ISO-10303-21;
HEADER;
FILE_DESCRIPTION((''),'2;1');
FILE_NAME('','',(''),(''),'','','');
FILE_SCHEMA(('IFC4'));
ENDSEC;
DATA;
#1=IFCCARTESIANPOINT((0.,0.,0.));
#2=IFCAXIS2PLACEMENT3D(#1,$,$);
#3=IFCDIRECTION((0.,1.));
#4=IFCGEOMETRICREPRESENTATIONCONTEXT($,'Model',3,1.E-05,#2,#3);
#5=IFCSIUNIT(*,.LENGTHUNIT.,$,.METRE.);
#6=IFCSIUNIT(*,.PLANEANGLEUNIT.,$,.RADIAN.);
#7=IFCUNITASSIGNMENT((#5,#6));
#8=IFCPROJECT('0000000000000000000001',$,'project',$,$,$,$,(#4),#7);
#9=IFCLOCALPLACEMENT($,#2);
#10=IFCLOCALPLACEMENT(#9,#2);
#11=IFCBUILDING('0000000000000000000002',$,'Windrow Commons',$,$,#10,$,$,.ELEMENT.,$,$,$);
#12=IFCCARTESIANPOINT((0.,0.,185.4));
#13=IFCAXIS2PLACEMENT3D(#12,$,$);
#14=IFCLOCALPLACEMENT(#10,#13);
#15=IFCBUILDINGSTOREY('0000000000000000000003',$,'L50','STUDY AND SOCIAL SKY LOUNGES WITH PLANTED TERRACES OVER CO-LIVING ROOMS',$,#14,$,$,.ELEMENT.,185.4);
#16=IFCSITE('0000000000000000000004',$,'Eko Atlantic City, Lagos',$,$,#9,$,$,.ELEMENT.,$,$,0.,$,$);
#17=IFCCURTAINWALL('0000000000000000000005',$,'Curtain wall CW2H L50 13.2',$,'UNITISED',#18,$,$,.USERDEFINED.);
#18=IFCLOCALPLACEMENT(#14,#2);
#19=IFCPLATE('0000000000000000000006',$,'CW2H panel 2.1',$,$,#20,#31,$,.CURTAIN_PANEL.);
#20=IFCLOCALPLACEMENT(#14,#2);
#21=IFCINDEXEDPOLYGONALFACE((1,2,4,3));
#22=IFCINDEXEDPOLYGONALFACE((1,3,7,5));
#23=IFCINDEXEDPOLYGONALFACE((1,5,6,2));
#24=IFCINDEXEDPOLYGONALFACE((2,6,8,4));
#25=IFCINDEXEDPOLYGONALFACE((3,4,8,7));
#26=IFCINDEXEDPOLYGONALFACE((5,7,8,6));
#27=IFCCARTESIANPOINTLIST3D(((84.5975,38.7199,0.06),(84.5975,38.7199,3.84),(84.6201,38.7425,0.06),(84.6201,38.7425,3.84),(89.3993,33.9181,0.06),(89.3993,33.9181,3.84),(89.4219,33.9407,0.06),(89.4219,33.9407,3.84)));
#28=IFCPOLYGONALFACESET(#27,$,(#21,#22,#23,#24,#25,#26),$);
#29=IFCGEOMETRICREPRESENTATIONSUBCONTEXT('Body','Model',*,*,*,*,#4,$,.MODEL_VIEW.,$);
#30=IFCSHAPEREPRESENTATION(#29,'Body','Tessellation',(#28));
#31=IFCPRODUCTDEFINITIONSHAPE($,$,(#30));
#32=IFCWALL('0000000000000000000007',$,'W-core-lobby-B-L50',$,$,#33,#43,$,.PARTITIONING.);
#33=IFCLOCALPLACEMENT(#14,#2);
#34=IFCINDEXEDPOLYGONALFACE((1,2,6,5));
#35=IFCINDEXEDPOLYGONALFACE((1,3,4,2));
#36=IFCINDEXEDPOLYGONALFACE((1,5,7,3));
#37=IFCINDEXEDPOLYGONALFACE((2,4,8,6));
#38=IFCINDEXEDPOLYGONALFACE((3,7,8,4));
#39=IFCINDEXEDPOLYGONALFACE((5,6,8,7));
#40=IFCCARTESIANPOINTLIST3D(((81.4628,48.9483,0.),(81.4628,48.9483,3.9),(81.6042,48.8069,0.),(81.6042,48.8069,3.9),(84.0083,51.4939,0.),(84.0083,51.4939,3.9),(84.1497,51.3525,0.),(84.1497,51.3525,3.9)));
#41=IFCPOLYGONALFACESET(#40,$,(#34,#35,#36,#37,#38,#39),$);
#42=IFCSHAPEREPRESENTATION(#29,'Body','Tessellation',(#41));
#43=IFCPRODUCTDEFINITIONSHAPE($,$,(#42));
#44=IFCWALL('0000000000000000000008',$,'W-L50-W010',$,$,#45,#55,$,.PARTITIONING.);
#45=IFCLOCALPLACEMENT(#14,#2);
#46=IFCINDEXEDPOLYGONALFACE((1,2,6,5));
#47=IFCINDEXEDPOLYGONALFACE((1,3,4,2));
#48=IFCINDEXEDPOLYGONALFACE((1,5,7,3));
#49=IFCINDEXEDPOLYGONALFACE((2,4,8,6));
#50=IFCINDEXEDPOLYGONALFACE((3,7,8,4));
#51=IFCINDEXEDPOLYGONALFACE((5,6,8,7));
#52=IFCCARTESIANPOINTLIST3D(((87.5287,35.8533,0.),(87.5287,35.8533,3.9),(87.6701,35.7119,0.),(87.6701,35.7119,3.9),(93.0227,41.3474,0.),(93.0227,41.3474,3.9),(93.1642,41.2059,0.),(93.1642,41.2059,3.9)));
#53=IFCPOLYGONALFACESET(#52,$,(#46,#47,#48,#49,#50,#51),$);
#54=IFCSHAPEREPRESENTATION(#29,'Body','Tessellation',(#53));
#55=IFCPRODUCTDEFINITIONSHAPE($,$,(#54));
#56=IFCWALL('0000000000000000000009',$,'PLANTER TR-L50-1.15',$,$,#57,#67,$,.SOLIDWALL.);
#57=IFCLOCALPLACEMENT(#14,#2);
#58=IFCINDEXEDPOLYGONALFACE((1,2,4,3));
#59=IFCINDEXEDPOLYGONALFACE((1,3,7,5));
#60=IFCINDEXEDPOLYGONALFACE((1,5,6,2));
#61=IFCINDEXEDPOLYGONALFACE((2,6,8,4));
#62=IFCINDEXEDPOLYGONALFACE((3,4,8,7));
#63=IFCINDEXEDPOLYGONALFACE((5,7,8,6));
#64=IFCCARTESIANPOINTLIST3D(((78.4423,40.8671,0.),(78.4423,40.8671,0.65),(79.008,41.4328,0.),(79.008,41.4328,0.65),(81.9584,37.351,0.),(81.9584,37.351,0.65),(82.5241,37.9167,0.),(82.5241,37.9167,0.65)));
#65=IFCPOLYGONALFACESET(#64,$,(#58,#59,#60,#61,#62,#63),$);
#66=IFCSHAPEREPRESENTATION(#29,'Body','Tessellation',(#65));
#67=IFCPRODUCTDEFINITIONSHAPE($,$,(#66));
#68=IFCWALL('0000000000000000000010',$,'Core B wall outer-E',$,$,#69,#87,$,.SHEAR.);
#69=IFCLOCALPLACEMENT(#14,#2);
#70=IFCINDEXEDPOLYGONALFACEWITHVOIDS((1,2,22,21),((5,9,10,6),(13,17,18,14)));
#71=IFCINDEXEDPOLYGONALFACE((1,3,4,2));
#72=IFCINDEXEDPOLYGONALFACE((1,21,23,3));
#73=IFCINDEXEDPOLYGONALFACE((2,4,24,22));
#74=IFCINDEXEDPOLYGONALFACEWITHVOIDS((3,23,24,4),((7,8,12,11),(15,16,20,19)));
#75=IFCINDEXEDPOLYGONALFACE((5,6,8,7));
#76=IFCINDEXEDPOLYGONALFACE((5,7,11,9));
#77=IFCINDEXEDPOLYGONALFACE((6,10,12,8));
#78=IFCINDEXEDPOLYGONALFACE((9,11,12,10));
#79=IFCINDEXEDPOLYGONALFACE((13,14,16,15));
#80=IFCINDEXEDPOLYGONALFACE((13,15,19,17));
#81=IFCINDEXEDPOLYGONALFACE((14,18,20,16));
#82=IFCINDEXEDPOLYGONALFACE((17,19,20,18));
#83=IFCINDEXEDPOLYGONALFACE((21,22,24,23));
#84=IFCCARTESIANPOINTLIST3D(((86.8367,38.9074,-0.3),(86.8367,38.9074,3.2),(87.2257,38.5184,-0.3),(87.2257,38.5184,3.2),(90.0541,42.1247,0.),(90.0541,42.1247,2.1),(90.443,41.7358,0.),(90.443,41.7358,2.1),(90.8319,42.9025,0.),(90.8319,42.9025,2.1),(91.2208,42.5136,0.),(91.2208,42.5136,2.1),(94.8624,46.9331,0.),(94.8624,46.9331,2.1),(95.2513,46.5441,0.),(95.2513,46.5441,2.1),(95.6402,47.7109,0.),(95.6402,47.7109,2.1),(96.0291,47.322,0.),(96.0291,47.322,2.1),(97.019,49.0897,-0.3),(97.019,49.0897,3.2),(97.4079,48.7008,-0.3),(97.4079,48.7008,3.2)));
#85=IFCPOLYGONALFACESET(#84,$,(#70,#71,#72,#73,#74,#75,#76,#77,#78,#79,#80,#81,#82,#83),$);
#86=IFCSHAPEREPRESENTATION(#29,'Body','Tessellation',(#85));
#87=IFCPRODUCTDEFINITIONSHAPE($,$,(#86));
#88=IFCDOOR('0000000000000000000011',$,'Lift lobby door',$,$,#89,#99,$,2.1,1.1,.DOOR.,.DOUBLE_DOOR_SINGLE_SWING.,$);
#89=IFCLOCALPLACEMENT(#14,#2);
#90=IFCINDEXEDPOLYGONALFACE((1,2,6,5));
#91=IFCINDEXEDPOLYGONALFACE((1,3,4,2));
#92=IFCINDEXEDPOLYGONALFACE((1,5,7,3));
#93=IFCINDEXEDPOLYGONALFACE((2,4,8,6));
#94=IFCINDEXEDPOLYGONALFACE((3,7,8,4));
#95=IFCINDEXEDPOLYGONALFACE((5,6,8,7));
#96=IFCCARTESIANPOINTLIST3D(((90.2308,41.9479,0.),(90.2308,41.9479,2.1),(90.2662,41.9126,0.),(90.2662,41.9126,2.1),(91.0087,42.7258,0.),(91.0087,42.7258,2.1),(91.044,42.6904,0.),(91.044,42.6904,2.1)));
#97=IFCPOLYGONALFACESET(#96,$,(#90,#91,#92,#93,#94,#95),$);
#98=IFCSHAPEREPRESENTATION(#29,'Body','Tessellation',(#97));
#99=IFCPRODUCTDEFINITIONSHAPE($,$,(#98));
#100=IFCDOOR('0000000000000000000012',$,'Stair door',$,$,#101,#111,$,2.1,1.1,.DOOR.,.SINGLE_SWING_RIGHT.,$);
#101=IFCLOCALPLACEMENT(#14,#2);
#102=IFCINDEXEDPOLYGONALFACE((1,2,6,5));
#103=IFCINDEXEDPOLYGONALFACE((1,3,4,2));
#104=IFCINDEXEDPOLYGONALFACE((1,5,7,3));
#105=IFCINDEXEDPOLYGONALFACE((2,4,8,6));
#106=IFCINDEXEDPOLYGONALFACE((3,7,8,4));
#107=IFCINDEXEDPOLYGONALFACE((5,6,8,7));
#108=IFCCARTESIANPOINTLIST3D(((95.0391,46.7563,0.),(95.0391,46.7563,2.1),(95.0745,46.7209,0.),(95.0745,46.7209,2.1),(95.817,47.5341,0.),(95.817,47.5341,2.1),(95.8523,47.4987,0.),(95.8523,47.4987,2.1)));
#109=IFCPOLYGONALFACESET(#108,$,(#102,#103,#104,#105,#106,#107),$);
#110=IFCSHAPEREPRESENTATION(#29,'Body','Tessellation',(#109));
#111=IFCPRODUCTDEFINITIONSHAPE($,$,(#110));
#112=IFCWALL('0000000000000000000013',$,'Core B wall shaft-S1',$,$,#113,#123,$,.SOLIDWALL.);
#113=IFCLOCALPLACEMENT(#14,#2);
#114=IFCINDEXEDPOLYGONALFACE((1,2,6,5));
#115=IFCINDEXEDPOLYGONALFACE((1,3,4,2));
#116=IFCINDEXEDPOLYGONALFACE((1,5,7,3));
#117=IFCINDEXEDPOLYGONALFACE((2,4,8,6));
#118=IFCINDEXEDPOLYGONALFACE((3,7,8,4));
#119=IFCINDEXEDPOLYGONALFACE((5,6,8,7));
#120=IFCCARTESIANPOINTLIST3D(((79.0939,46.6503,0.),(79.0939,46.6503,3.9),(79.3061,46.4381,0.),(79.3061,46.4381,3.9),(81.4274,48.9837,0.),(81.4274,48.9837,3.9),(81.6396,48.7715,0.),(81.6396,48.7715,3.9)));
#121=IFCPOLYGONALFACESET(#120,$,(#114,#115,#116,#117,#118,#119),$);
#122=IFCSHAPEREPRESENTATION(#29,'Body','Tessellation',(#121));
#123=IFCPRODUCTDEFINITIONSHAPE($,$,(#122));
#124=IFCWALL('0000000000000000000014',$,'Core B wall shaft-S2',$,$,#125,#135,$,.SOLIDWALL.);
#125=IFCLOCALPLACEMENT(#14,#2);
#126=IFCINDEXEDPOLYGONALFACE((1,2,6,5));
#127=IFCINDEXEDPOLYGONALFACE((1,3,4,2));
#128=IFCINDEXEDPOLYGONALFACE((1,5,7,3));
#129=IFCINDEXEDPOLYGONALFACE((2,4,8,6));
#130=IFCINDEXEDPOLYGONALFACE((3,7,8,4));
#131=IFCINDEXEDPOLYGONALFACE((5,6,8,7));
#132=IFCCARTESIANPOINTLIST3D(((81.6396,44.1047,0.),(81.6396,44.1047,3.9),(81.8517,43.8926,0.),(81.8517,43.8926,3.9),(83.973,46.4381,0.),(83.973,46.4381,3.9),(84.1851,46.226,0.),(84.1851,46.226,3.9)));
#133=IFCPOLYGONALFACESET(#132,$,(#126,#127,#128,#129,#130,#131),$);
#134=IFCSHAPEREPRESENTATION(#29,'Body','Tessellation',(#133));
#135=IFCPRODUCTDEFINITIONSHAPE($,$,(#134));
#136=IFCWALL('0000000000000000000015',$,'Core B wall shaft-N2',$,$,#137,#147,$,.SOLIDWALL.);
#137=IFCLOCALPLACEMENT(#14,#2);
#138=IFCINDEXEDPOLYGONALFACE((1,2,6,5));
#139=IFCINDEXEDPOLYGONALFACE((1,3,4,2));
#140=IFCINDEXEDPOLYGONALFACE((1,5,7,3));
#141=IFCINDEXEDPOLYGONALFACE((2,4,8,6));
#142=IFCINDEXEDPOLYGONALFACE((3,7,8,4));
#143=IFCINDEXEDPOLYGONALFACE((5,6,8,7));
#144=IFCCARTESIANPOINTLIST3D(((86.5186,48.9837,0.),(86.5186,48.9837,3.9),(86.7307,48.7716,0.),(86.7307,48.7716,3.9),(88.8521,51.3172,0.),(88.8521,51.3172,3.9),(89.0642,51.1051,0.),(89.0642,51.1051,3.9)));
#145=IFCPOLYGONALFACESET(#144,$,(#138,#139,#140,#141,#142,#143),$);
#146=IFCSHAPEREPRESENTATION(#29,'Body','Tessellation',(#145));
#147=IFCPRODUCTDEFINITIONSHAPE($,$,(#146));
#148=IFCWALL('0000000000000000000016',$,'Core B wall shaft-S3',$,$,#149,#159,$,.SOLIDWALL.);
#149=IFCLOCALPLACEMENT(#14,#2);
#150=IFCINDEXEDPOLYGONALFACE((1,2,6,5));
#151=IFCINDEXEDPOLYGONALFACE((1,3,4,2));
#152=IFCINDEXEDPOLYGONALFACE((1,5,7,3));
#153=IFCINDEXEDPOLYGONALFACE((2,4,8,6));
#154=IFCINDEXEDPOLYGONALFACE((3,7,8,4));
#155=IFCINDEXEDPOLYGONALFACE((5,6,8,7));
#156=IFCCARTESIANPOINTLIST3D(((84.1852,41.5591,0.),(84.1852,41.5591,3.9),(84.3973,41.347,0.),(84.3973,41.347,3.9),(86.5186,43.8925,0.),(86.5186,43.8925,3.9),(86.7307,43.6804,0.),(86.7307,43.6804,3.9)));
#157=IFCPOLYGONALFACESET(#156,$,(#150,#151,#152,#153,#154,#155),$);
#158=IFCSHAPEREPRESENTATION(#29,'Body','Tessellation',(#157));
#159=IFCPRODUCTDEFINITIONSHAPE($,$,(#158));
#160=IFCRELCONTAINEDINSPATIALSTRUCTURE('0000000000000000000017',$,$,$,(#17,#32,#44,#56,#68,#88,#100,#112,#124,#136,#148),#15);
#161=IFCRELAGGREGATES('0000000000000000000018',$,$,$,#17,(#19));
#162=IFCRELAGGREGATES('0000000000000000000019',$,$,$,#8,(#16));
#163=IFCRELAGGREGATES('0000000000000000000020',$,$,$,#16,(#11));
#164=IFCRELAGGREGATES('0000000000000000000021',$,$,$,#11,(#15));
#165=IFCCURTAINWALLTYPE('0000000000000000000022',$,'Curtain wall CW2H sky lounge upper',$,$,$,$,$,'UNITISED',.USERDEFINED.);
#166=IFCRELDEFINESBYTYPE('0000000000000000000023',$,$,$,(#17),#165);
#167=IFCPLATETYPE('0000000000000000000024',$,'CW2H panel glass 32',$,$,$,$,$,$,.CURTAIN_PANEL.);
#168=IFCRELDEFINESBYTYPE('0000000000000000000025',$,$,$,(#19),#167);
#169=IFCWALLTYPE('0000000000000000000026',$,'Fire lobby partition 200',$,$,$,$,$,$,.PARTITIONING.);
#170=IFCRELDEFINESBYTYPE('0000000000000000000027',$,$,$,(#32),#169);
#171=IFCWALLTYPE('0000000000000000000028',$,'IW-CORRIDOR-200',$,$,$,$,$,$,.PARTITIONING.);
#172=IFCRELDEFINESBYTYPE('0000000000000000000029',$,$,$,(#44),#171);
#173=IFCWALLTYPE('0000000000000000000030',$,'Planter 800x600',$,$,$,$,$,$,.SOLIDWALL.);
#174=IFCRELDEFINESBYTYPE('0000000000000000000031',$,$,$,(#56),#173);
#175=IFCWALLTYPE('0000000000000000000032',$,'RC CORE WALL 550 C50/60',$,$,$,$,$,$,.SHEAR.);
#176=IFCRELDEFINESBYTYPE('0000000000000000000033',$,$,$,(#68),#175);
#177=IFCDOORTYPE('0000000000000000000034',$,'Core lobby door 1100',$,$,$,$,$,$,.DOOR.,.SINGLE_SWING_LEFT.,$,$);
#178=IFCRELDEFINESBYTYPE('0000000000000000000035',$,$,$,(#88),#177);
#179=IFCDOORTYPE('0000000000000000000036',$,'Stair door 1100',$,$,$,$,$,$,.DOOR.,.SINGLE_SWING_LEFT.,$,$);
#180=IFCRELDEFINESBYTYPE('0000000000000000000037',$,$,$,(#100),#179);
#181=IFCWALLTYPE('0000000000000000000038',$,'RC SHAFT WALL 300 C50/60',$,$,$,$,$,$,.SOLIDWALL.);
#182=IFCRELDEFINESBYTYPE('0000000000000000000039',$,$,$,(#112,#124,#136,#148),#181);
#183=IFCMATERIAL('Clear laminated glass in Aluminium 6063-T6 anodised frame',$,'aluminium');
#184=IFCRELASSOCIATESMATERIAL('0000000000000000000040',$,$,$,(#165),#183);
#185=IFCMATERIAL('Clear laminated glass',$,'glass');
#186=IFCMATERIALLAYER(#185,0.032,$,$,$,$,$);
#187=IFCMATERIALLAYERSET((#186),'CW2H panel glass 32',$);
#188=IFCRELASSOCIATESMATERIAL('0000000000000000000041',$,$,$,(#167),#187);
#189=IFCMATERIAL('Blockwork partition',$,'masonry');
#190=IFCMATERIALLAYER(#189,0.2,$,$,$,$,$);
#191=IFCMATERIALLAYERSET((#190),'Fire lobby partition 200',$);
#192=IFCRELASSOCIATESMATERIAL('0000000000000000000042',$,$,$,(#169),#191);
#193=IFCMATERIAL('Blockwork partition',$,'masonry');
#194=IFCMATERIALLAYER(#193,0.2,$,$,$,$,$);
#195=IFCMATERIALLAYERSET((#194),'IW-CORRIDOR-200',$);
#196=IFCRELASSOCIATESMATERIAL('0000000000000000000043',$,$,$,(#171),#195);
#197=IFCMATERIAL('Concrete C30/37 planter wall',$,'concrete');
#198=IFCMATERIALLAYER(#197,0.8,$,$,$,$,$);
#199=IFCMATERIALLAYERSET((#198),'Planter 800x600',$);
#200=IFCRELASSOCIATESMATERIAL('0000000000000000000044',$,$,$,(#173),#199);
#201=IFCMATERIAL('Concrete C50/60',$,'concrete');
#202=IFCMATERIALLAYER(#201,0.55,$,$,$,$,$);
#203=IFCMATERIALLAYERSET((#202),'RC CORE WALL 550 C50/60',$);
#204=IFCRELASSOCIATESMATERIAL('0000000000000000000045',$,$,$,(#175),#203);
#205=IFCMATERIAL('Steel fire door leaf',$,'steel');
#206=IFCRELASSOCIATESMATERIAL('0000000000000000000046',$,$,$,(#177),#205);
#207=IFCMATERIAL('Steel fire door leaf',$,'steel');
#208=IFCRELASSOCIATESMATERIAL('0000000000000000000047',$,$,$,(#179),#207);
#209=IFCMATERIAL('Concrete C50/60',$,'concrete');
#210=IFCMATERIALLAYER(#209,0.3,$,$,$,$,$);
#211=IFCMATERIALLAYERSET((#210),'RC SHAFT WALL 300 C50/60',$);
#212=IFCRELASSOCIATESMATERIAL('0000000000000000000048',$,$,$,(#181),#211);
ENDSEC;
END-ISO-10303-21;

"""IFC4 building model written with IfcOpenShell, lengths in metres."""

from ifc_helpers import new_model, si_unit, direction, frame, frame_2d, origin, origin_2d, place, context, subcontext, project, spatial, rectangle, extrude, material, layer, layer_set, type_object, element, fill, aggregate, save


model = new_model("IFC4")

# Units and contexts
model_context = context("Model", 3, precision=1e-05, world=origin(), true_north=direction((0.0, 1.0)))
body_context = subcontext(model_context, "Body", "Model", "MODEL_VIEW")
ifc_project = project(units=[si_unit("LENGTHUNIT", "METRE"), si_unit("PLANEANGLEUNIT", "RADIAN")], contexts=[model_context])

# Site, building, storey
site_placement = place(None, origin())
site = spatial("IfcSite", under=ifc_project, at=site_placement, Name="Eko Atlantic City, Lagos", CompositionType="ELEMENT", RefElevation=0.0)
building_placement = place(site_placement, origin())
building = spatial("IfcBuilding", under=site, at=building_placement, Name="Windrow Commons", CompositionType="ELEMENT")
storey_placement = place(building_placement, frame((0.0, 0.0, 185.4)))
storey = spatial("IfcBuildingStorey", under=building, at=storey_placement, Name="L50", Description="STUDY AND SOCIAL SKY LOUNGES WITH PLANTED TERRACES OVER CO-LIVING ROOMS", CompositionType="ELEMENT", Elevation=185.4)

# Shared definitions
ifc_material_1 = material(Name="Clear laminated glass in Aluminium 6063-T6 anodised frame", Category="aluminium")
curtain_wall_type = type_object("IfcCurtainWallType", Name="Curtain wall CW2H sky lounge upper", ElementType="UNITISED", PredefinedType="USERDEFINED", material=ifc_material_1)
placement = place(storey_placement, origin())

# Curtain wall
curtain_wall_1 = element("IfcCurtainWall", 1, at=placement, inside=storey, type_object=curtain_wall_type, Name="Curtain wall CW2H L50 13.2", ObjectType="UNITISED", PredefinedType="USERDEFINED")

# Plate
ifc_material_2 = material(Name="Clear laminated glass", Category="glass")
ifc_layer_1 = layer(ifc_material_2, 0.032)
ifc_layer_set_1 = layer_set([ifc_layer_1], Name="CW2H panel glass 32")
plate_type = type_object("IfcPlateType", Name="CW2H panel glass 32", PredefinedType="CURTAIN_PANEL", material=ifc_layer_set_1)
plate_1_placement = place(storey_placement, frame((87.0097, 36.3303, 0.06), z_axis=(0.0, 0.0, 1.0), x_axis=(0.707104, -0.70711, 0.0)))
plate_1 = element("IfcPlate", 2, at=plate_1_placement, type_object=plate_type, Name="CW2H panel 2.1", PredefinedType="CURTAIN_PANEL", context=body_context, shape_type="SweptSolid", body=[
    extrude(rectangle(XDim=6.7908, YDim=0.032, at=origin_2d()), origin(), (0.0, 0.0, 1.0), 3.78),
])
aggregate(curtain_wall_1, [plate_1])

# Walls
ifc_material_3 = material(Name="Blockwork partition", Category="masonry")
ifc_layer_2 = layer(ifc_material_3, 0.2)
ifc_layer_set_2 = layer_set([ifc_layer_2], Name="Fire lobby partition 200")
wall_type_1 = type_object("IfcWallType", Name="Fire lobby partition 200", PredefinedType="PARTITIONING", material=ifc_layer_set_2)
wall_1_placement = place(storey_placement, frame((81.5335, 48.8776, 0.0), z_axis=(0.0, 0.0, 1.0), x_axis=(0.707093, 0.707121, 0.0)))
element("IfcWall", 3, at=wall_1_placement, inside=storey, type_object=wall_type_1, Name="W-core-lobby-B-L50", PredefinedType="PARTITIONING", context=body_context, shape_type="SweptSolid", body=[
    extrude(rectangle(XDim=3.6, YDim=0.2, at=frame_2d((1.8, 0.0))), origin(), (0.0, 0.0, 1.0), 3.9),
])
ifc_material_4 = material(Name="Blockwork partition", Category="masonry")
ifc_layer_3 = layer(ifc_material_4, 0.2)
ifc_layer_set_3 = layer_set([ifc_layer_3], Name="IW-CORRIDOR-200")
wall_type_2 = type_object("IfcWallType", Name="IW-CORRIDOR-200", PredefinedType="PARTITIONING", material=ifc_layer_set_3)
wall_2_placement = place(storey_placement, frame((87.5994, 35.7826, 0.0), z_axis=(0.0, 0.0, 1.0), x_axis=(0.707107, 0.707107, 0.0)))
element("IfcWall", 4, at=wall_2_placement, inside=storey, type_object=wall_type_2, Name="W-L50-W010", PredefinedType="PARTITIONING", context=body_context, shape_type="SweptSolid", body=[
    extrude(rectangle(XDim=7.7697, YDim=0.2, at=frame_2d((3.8849, 0.0))), origin(), (0.0, 0.0, 1.0), 3.9),
])
ifc_material_5 = material(Name="Concrete C30/37 planter wall", Category="concrete")
ifc_layer_4 = layer(ifc_material_5, 0.8)
ifc_layer_set_4 = layer_set([ifc_layer_4], Name="Planter 800x600")
wall_type_3 = type_object("IfcWallType", Name="Planter 800x600", PredefinedType="SOLIDWALL", material=ifc_layer_set_4)
wall_3_placement = place(storey_placement, frame((78.7251, 41.15, 0.0), z_axis=(0.0, 0.0, 1.0), x_axis=(0.707107, -0.707107, 0.0)))
element("IfcWall", 5, at=wall_3_placement, inside=storey, type_object=wall_type_3, Name="PLANTER TR-L50-1.15", PredefinedType="SOLIDWALL", context=body_context, shape_type="SweptSolid", body=[
    extrude(rectangle(XDim=4.9725, YDim=0.8, at=frame_2d((2.4863, 0.0))), origin(), (0.0, 0.0, 1.0), 0.65),
])

# Wall, openings, doors
ifc_material_6 = material(Name="Concrete C50/60", Category="concrete")
ifc_layer_5 = layer(ifc_material_6, 0.55)
ifc_layer_set_5 = layer_set([ifc_layer_5], Name="RC CORE WALL 550 C50/60")
wall_type_4 = type_object("IfcWallType", Name="RC CORE WALL 550 C50/60", PredefinedType="SHEAR", material=ifc_layer_set_5)
wall_4_placement = place(storey_placement, frame((87.0312, 38.7129, -0.3), z_axis=(0.0, 0.0, 1.0), x_axis=(0.707103, 0.70711, 0.0)))
wall_4 = element("IfcWall", 6, at=wall_4_placement, inside=storey, type_object=wall_type_4, Name="Core B wall outer-E", PredefinedType="SHEAR", context=body_context, shape_type="SweptSolid", body=[
    extrude(rectangle(XDim=14.4, YDim=0.55, at=frame_2d((7.2, 0.0))), origin(), (0.0, 0.0, 1.0), 3.5),
])
opening_1_placement = place(wall_4_placement, frame((4.55, 0.0, 0.3)))
opening_1 = element("IfcOpeningElement", 7, at=opening_1_placement, cuts=wall_4, PredefinedType="OPENING", context=body_context, shape_type="SweptSolid", body=[
    extrude(rectangle(XDim=1.1, YDim=2.1, at=frame_2d((0.55, 1.05))), frame((0.0, 0.285, 0.0), z_axis=(0.0, -1.0, 0.0), x_axis=(1.0, 0.0, 0.0)), (0.0, 0.0, 1.0), 0.57),
])
opening_2_placement = place(wall_4_placement, frame((11.35, 0.0, 0.3)))
opening_2 = element("IfcOpeningElement", 8, at=opening_2_placement, cuts=wall_4, PredefinedType="OPENING", context=body_context, shape_type="SweptSolid", body=[
    extrude(rectangle(XDim=1.1, YDim=2.1, at=frame_2d((0.55, 1.05))), frame((0.0, 0.285, 0.0), z_axis=(0.0, -1.0, 0.0), x_axis=(1.0, 0.0, 0.0)), (0.0, 0.0, 1.0), 0.57),
])
ifc_material_7 = material(Name="Steel fire door leaf", Category="steel")
door_type_1 = type_object("IfcDoorType", Name="Core lobby door 1100", OperationType="SINGLE_SWING_LEFT", PredefinedType="DOOR", material=ifc_material_7)
door_1_placement = place(opening_1_placement, origin())
door_1 = element("IfcDoor", 9, at=door_1_placement, inside=storey, type_object=door_type_1, Name="Lift lobby door", OperationType="DOUBLE_DOOR_SINGLE_SWING", OverallHeight=2.1, OverallWidth=1.1, PredefinedType="DOOR", context=body_context, shape_type="SweptSolid", body=[
    extrude(rectangle(XDim=1.1, YDim=2.1, at=frame_2d((0.55, 1.05))), frame((0.0, 0.025, 0.0), z_axis=(0.0, -1.0, 0.0), x_axis=(1.0, 0.0, 0.0)), (0.0, 0.0, 1.0), 0.05),
])
fill(opening_1, door_1)
ifc_material_8 = material(Name="Steel fire door leaf", Category="steel")
door_type_2 = type_object("IfcDoorType", Name="Stair door 1100", OperationType="SINGLE_SWING_LEFT", PredefinedType="DOOR", material=ifc_material_8)
door_2_placement = place(opening_2_placement, origin())
door_2 = element("IfcDoor", 10, at=door_2_placement, inside=storey, type_object=door_type_2, Name="Stair door", OperationType="SINGLE_SWING_RIGHT", OverallHeight=2.1, OverallWidth=1.1, PredefinedType="DOOR", context=body_context, shape_type="SweptSolid", body=[
    extrude(rectangle(XDim=1.1, YDim=2.1, at=frame_2d((0.55, 1.05))), frame((0.0, 0.025, 0.0), z_axis=(0.0, -1.0, 0.0), x_axis=(1.0, 0.0, 0.0)), (0.0, 0.0, 1.0), 0.05),
])
fill(opening_2, door_2)

# Walls
ifc_material_9 = material(Name="Concrete C50/60", Category="concrete")
ifc_layer_6 = layer(ifc_material_9, 0.3)
ifc_layer_set_6 = layer_set([ifc_layer_6], Name="RC SHAFT WALL 300 C50/60")
wall_type_5 = type_object("IfcWallType", Name="RC SHAFT WALL 300 C50/60", PredefinedType="SOLIDWALL", material=ifc_layer_set_6)
wall_5_placement = place(storey_placement, frame((79.2, 46.5442, 0.0), z_axis=(0.0, 0.0, 1.0), x_axis=(0.707122, 0.707092, 0.0)))
element("IfcWall", 11, at=wall_5_placement, inside=storey, type_object=wall_type_5, Name="Core B wall shaft-S1", PredefinedType="SOLIDWALL", context=body_context, shape_type="SweptSolid", body=[
    extrude(rectangle(XDim=3.3, YDim=0.3, at=frame_2d((1.65, 0.0))), origin(), (0.0, 0.0, 1.0), 3.9),
])
wall_6_placement = place(storey_placement, frame((81.7456, 43.9986, 0.0), z_axis=(0.0, 0.0, 1.0), x_axis=(0.707107, 0.707107, 0.0)))
element("IfcWall", 12, at=wall_6_placement, inside=storey, type_object=wall_type_5, Name="Core B wall shaft-S2", PredefinedType="SOLIDWALL", context=body_context, shape_type="SweptSolid", body=[
    extrude(rectangle(XDim=3.2999, YDim=0.3, at=frame_2d((1.65, 0.0))), origin(), (0.0, 0.0, 1.0), 3.9),
])
wall_7_placement = place(storey_placement, frame((86.6246, 48.8776, 0.0), z_axis=(0.0, 0.0, 1.0), x_axis=(0.707107, 0.707107, 0.0)))
element("IfcWall", 13, at=wall_7_placement, inside=storey, type_object=wall_type_5, Name="Core B wall shaft-N2", PredefinedType="SOLIDWALL", context=body_context, shape_type="SweptSolid", body=[
    extrude(rectangle(XDim=3.3001, YDim=0.3, at=frame_2d((1.6501, 0.0))), origin(), (0.0, 0.0, 1.0), 3.9),
])
wall_8_placement = place(storey_placement, frame((84.2912, 41.453, 0.0), z_axis=(0.0, 0.0, 1.0), x_axis=(0.707107, 0.707107, 0.0)))
element("IfcWall", 14, at=wall_8_placement, inside=storey, type_object=wall_type_5, Name="Core B wall shaft-S3", PredefinedType="SOLIDWALL", context=body_context, shape_type="SweptSolid", body=[
    extrude(rectangle(XDim=3.2999, YDim=0.3, at=frame_2d((1.65, 0.0))), origin(), (0.0, 0.0, 1.0), 3.9),
])

save(model, "model.ifc")
